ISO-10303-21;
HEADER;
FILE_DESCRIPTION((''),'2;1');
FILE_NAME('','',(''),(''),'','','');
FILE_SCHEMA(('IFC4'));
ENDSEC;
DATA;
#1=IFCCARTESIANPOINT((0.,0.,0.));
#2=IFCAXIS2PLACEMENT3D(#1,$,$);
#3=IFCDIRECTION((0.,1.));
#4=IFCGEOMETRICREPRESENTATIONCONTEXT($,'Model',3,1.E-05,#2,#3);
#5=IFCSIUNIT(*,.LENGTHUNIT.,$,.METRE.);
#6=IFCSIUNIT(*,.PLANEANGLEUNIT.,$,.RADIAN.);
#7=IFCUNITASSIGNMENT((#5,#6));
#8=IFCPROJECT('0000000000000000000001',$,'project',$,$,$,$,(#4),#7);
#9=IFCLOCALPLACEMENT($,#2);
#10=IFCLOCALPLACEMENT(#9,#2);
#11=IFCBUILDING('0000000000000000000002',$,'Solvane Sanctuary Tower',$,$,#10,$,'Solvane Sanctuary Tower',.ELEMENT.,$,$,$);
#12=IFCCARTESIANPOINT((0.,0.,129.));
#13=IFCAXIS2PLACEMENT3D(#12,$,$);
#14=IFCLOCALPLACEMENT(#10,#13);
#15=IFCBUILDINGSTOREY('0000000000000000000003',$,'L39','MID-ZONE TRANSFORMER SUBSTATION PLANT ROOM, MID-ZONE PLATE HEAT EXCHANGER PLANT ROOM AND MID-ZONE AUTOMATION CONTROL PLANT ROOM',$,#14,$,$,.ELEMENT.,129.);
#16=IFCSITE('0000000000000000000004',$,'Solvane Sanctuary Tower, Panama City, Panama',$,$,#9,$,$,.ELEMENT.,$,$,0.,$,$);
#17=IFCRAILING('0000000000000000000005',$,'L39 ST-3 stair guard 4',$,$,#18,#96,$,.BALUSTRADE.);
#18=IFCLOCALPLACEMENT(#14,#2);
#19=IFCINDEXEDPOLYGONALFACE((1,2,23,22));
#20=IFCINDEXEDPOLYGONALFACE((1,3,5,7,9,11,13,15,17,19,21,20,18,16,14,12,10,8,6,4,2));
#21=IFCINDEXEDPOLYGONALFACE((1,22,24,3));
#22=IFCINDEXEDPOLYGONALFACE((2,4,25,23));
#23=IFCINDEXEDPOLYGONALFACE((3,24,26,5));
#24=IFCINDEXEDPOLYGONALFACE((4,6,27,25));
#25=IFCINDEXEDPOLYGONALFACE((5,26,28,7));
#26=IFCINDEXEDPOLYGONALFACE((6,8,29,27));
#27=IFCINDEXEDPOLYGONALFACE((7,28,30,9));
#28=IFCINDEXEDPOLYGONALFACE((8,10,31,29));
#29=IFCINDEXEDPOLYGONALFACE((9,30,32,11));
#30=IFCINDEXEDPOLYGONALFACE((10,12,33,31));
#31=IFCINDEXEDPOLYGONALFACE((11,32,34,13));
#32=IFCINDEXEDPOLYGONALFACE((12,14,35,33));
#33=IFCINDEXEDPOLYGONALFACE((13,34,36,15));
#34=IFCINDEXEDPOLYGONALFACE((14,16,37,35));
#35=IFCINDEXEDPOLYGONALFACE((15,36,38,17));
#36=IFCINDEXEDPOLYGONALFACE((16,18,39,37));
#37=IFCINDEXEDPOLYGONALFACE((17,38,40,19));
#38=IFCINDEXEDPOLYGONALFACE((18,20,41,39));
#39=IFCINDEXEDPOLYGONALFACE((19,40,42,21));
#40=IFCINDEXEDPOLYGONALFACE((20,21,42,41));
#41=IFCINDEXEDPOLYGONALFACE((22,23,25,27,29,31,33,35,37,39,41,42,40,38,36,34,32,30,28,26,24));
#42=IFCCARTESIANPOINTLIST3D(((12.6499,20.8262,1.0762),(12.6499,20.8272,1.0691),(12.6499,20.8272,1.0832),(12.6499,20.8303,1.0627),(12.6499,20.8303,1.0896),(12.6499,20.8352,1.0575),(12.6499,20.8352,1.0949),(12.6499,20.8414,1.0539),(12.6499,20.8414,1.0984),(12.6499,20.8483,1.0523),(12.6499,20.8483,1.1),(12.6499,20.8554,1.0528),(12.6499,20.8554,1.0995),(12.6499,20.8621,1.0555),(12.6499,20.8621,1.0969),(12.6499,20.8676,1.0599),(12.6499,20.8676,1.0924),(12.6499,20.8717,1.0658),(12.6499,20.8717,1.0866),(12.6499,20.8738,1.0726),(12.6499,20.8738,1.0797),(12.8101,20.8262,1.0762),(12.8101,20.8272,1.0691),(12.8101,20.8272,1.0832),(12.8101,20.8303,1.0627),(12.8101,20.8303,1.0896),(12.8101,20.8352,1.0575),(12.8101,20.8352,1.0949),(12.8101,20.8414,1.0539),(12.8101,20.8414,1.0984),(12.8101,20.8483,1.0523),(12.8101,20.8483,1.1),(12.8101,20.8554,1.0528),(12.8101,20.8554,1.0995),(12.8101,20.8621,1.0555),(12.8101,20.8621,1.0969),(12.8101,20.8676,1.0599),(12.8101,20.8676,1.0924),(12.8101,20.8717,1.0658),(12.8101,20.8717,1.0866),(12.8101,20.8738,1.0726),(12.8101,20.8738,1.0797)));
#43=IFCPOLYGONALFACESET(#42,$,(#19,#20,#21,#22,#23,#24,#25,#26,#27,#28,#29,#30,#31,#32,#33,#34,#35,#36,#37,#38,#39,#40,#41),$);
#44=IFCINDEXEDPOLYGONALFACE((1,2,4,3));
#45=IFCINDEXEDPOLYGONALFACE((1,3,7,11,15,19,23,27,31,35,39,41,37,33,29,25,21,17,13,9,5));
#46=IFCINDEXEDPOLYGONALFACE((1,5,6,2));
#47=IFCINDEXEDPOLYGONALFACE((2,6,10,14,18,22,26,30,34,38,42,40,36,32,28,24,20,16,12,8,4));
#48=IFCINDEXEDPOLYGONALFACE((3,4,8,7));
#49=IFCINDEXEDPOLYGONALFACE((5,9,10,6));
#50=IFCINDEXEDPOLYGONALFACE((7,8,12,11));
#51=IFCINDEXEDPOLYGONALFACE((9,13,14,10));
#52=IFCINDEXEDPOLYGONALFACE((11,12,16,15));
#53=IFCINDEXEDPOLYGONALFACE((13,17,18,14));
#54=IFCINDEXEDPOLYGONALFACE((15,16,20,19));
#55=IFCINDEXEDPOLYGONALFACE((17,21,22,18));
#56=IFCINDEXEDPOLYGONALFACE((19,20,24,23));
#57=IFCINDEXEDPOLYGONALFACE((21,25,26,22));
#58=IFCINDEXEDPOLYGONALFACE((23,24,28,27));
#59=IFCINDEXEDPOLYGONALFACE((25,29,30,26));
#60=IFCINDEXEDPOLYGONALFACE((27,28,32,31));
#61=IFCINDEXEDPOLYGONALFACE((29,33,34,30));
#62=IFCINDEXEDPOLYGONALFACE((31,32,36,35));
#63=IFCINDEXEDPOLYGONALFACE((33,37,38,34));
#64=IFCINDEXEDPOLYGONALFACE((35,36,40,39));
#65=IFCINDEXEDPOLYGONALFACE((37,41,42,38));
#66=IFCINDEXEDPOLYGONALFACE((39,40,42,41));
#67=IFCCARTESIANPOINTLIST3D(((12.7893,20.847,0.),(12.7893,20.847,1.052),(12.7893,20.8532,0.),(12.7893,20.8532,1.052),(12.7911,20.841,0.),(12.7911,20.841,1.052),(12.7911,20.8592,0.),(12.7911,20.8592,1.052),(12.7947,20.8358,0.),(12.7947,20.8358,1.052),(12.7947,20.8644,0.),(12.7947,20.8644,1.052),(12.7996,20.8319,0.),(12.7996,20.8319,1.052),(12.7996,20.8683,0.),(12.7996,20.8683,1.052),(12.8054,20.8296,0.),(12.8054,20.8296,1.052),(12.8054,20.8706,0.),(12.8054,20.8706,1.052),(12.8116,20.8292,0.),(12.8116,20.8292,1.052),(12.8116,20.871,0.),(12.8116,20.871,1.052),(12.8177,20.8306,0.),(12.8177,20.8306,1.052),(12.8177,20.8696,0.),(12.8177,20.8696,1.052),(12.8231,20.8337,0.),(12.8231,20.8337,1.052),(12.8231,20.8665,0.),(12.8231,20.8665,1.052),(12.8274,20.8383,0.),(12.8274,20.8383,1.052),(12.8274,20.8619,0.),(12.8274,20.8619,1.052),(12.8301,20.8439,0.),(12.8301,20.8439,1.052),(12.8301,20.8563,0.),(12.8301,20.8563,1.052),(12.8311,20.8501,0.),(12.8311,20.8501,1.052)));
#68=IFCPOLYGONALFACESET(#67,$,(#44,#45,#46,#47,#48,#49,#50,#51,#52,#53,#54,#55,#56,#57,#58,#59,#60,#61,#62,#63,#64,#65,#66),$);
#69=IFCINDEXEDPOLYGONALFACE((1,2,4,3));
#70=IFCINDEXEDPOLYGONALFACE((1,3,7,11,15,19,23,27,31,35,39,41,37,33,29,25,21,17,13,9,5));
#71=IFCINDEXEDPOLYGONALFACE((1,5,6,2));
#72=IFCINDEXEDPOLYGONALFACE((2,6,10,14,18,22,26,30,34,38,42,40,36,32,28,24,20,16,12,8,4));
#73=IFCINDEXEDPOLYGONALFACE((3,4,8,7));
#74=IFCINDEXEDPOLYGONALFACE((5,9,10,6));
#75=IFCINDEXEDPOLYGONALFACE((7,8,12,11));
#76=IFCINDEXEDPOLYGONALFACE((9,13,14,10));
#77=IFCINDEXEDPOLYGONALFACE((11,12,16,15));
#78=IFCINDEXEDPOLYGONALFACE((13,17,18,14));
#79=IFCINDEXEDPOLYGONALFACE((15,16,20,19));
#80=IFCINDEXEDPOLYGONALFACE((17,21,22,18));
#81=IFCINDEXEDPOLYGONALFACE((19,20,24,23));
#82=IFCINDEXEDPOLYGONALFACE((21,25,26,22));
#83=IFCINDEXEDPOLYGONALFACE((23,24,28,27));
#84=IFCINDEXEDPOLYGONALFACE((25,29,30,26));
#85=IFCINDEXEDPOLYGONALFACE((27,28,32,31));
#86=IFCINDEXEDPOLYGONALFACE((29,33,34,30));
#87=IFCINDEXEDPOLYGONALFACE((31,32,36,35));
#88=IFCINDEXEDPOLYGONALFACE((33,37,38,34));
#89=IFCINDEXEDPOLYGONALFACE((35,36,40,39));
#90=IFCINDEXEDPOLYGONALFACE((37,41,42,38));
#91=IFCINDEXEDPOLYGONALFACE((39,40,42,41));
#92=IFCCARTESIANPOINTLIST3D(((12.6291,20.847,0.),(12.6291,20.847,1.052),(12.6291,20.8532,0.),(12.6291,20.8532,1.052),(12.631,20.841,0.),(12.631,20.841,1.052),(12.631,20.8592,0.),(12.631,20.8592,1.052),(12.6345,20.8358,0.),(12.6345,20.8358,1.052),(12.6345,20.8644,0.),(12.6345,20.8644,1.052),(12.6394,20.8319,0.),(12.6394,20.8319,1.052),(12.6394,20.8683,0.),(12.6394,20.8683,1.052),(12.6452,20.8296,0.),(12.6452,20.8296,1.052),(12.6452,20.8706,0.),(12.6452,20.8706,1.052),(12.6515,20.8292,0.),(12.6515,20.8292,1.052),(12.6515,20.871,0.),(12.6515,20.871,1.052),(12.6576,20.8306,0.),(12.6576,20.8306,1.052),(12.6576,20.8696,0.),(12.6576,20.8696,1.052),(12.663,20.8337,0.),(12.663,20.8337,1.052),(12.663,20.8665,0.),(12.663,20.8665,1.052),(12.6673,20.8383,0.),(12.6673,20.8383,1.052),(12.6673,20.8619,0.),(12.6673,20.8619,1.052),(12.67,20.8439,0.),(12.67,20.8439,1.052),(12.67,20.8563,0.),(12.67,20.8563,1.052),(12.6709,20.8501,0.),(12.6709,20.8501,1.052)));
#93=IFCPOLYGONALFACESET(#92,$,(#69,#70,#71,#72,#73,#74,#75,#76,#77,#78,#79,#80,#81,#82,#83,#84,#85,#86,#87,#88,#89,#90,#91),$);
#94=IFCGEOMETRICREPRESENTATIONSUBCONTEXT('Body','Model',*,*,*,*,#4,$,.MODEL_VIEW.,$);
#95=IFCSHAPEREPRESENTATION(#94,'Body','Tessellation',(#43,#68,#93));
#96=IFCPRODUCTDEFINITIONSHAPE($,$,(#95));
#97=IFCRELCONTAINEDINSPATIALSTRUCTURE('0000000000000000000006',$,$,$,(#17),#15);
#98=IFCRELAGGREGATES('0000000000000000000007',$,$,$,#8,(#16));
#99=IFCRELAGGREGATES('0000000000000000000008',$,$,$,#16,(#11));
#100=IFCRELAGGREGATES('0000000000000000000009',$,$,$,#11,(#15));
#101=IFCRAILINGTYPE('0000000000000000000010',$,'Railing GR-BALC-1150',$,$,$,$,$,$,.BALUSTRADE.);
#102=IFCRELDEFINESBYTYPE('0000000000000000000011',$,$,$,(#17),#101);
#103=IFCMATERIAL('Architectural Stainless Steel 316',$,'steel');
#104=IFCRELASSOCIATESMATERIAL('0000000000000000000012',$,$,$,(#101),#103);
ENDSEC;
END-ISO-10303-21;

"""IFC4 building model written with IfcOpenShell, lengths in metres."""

from ifc_helpers import new_model, si_unit, direction, frame, origin, origin_2d, place, context, subcontext, project, spatial, circle, extrude, material, type_object, element, save


model = new_model("IFC4")

# Units and contexts
model_context = context("Model", 3, precision=1e-05, world=origin(), true_north=direction((0.0, 1.0)))
body_context = subcontext(model_context, "Body", "Model", "MODEL_VIEW")
ifc_project = project(units=[si_unit("LENGTHUNIT", "METRE"), si_unit("PLANEANGLEUNIT", "RADIAN")], contexts=[model_context])

# Site, building, storey
site_placement = place(None, origin())
site = spatial("IfcSite", under=ifc_project, at=site_placement, Name="Solvane Sanctuary Tower, Panama City, Panama", CompositionType="ELEMENT", RefElevation=0.0)
building_placement = place(site_placement, origin())
building = spatial("IfcBuilding", under=site, at=building_placement, Name="Solvane Sanctuary Tower", LongName="Solvane Sanctuary Tower", CompositionType="ELEMENT")
storey_placement = place(building_placement, frame((0.0, 0.0, 129.0)))
storey = spatial("IfcBuildingStorey", under=building, at=storey_placement, Name="L39", Description="MID-ZONE TRANSFORMER SUBSTATION PLANT ROOM, MID-ZONE PLATE HEAT EXCHANGER PLANT ROOM AND MID-ZONE AUTOMATION CONTROL PLANT ROOM", CompositionType="ELEMENT", Elevation=129.0)

# Shared definitions
ifc_material_1 = material(Name="Architectural Stainless Steel 316", Category="steel")

# Railing
railing_type_1 = type_object("IfcRailingType", Name="Railing GR-BALC-1150", PredefinedType="BALUSTRADE", material=ifc_material_1)
railing_1_placement = place(storey_placement, frame((12.8101, 20.8501, 0.0)))
element("IfcRailing", 1, at=railing_1_placement, inside=storey, type_object=railing_type_1, Name="L39 ST-3 stair guard 4", PredefinedType="BALUSTRADE", context=body_context, shape_type="SweptSolid", body=[
    extrude(circle(Radius=0.0239, at=origin_2d()), frame((0.0, 0.0, 1.0762), z_axis=(-1.0, 0.0, 0.0), x_axis=(0.0, -1.0, 0.0)), (0.0, 0.0, 1.0), 0.1602),
    extrude(circle(Radius=0.021, at=origin_2d()), origin(), (0.0, 0.0, 1.0), 1.052),
    extrude(circle(Radius=0.021, at=origin_2d()), frame((-0.1602, 0.0, 0.0)), (0.0, 0.0, 1.0), 1.052),
])

save(model, "model.ifc")
